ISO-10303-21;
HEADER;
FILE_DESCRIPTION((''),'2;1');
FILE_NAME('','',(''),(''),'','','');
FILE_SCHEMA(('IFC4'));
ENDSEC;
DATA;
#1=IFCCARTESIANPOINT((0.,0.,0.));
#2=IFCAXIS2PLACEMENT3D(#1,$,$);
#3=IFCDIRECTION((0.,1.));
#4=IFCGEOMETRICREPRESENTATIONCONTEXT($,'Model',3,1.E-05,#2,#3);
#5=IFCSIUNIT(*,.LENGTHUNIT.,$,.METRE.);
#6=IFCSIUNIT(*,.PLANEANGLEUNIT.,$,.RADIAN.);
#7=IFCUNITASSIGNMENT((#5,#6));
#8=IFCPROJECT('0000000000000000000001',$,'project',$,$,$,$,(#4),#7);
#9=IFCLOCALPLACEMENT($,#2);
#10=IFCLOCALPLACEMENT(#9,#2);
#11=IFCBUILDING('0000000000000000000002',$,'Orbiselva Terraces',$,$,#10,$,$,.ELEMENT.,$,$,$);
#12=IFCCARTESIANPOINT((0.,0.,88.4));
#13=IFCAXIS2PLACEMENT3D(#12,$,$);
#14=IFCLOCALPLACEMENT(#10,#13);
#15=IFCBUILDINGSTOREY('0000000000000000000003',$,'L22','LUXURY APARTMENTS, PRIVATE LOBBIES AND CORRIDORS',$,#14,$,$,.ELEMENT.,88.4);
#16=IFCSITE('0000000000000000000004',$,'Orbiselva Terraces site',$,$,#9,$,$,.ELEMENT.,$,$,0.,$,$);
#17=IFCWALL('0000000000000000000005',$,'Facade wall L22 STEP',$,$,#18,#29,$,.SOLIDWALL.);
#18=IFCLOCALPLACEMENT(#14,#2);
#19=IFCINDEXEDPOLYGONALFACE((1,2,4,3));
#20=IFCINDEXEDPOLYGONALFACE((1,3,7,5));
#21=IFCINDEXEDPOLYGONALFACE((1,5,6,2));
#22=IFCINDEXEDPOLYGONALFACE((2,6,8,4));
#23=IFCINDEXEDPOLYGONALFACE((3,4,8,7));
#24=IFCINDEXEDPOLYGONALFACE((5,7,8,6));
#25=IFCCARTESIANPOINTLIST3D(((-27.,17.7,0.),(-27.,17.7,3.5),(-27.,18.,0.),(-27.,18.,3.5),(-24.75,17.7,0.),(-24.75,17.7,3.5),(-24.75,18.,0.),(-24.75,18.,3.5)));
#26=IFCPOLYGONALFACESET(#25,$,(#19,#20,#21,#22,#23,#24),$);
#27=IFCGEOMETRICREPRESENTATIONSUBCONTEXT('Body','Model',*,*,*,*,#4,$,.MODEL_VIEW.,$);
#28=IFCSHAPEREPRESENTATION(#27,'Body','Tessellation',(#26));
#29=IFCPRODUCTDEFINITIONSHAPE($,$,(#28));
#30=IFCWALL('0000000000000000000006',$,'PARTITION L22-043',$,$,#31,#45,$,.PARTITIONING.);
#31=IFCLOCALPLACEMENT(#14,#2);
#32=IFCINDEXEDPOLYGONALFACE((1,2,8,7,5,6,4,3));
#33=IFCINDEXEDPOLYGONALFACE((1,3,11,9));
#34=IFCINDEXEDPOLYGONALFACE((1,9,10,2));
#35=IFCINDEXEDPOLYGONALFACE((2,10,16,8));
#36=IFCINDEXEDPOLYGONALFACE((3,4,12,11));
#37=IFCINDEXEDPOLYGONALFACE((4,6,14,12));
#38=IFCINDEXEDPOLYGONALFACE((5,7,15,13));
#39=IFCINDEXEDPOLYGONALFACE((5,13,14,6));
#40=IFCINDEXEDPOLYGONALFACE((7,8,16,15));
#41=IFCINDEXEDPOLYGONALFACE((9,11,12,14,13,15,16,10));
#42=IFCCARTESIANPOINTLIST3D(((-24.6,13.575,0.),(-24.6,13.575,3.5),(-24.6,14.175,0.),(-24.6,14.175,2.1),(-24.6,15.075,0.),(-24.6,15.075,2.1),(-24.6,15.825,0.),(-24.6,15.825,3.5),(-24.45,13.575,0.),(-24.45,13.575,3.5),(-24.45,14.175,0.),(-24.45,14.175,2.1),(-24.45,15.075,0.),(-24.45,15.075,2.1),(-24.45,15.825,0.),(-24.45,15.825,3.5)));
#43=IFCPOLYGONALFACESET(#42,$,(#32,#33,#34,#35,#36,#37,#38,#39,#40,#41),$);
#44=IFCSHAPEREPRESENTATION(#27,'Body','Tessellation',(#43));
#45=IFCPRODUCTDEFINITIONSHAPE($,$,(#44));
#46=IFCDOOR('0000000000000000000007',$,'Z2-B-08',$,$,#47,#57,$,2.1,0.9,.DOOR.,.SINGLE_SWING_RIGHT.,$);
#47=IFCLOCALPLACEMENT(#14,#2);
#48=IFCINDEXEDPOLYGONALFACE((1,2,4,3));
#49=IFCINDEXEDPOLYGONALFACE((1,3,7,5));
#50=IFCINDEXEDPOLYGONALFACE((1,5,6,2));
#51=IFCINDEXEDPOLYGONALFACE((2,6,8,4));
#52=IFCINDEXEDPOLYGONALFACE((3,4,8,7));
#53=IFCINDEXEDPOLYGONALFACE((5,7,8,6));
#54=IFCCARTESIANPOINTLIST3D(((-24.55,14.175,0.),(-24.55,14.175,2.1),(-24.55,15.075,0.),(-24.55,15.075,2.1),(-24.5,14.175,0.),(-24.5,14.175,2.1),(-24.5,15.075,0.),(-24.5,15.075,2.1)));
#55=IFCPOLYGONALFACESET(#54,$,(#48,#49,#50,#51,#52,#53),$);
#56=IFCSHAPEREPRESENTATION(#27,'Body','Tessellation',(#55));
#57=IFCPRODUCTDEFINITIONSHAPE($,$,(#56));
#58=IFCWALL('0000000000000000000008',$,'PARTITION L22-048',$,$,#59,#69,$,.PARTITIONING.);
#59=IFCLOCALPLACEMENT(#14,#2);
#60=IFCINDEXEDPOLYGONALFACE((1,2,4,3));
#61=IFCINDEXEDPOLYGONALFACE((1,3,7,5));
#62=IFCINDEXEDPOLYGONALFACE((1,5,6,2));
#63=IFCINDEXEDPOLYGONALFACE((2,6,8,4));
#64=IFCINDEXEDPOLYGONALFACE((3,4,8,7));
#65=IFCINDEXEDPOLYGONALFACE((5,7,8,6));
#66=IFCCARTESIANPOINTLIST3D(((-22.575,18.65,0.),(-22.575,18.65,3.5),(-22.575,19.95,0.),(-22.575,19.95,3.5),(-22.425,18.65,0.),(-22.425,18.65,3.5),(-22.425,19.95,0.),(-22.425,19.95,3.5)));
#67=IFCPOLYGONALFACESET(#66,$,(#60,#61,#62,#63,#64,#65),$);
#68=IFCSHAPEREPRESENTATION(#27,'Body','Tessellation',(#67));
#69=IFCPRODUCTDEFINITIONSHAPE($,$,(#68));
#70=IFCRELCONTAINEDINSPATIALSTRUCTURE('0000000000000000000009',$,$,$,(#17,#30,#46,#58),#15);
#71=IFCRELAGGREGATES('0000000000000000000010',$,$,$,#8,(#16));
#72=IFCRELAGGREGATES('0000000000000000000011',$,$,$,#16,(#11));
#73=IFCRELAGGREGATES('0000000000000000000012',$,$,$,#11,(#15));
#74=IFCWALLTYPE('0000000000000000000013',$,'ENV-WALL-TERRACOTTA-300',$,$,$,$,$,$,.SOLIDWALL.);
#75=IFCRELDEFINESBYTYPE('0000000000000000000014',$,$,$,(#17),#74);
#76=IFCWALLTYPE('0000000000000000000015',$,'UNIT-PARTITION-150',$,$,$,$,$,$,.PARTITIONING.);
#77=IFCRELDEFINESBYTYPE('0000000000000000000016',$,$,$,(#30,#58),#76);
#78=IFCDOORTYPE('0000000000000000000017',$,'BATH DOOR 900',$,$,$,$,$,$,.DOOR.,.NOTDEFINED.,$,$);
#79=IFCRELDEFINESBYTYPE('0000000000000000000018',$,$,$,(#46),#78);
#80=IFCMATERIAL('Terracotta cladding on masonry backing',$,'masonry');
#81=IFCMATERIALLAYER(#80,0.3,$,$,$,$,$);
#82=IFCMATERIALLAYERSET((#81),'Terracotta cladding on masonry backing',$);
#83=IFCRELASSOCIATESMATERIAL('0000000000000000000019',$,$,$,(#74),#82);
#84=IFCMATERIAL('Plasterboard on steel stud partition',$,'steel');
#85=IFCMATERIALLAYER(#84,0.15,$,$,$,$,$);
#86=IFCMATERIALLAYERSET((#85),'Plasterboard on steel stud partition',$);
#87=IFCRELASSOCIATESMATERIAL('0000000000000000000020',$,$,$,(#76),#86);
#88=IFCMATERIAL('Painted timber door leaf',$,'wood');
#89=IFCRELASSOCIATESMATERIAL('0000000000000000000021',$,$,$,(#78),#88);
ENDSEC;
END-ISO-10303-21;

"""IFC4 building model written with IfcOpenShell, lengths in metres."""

from ifc_helpers import new_model, si_unit, direction, frame, frame_2d, origin, place, context, subcontext, project, spatial, rectangle, extrude, material, layer, layer_set, type_object, element, fill, save


model = new_model("IFC4")

# Units and contexts
model_context = context("Model", 3, precision=1e-05, world=origin(), true_north=direction((0.0, 1.0)))
body_context = subcontext(model_context, "Body", "Model", "MODEL_VIEW")
ifc_project = project(units=[si_unit("LENGTHUNIT", "METRE"), si_unit("PLANEANGLEUNIT", "RADIAN")], contexts=[model_context])

# Site, building, storey
site_placement = place(None, origin())
site = spatial("IfcSite", under=ifc_project, at=site_placement, Name="Orbiselva Terraces site", CompositionType="ELEMENT", RefElevation=0.0)
building_placement = place(site_placement, origin())
building = spatial("IfcBuilding", under=site, at=building_placement, Name="Orbiselva Terraces", CompositionType="ELEMENT")
storey_placement = place(building_placement, frame((0.0, 0.0, 88.4)))
storey = spatial("IfcBuildingStorey", under=building, at=storey_placement, Name="L22", Description="LUXURY APARTMENTS, PRIVATE LOBBIES AND CORRIDORS", CompositionType="ELEMENT", Elevation=88.4)

# Shared definitions
ifc_material_1 = material(Name="Terracotta cladding on masonry backing", Category="masonry")
ifc_layer_1 = layer(ifc_material_1, 0.3)
ifc_layer_set_1 = layer_set([ifc_layer_1], Name="Terracotta cladding on masonry backing")
wall_type_1 = type_object("IfcWallType", Name="ENV-WALL-TERRACOTTA-300", PredefinedType="SOLIDWALL", material=ifc_layer_set_1)

# Wall
wall_1_placement = place(storey_placement, frame((-27.0, 17.85, 0.0), z_axis=(0.0, 0.0, 1.0), x_axis=(1.0, 0.0, 0.0)))
element("IfcWall", 1, at=wall_1_placement, inside=storey, type_object=wall_type_1, Name="Facade wall L22 STEP", PredefinedType="SOLIDWALL", context=body_context, shape_type="SweptSolid", body=[
    extrude(rectangle(XDim=2.25, YDim=0.3, at=frame_2d((1.125, 0.0))), origin(), (0.0, 0.0, 1.0), 3.5),
])

# Wall, opening, door
ifc_material_2 = material(Name="Plasterboard on steel stud partition", Category="steel")
ifc_layer_2 = layer(ifc_material_2, 0.15)
ifc_layer_set_2 = layer_set([ifc_layer_2], Name="Plasterboard on steel stud partition")
wall_type_2 = type_object("IfcWallType", Name="UNIT-PARTITION-150", PredefinedType="PARTITIONING", material=ifc_layer_set_2)
wall_2_placement = place(storey_placement, frame((-24.525, 15.825, 0.0), z_axis=(0.0, 0.0, 1.0), x_axis=(0.0, -1.0, 0.0)))
wall_2 = element("IfcWall", 2, at=wall_2_placement, inside=storey, type_object=wall_type_2, Name="PARTITION L22-043", PredefinedType="PARTITIONING", context=body_context, shape_type="SweptSolid", body=[
    extrude(rectangle(XDim=2.25, YDim=0.15, at=frame_2d((1.125, 0.0))), origin(), (0.0, 0.0, 1.0), 3.5),
])
opening_1_placement = place(wall_2_placement, frame((0.75, 0.0, 0.0)))
opening_1 = element("IfcOpeningElement", 3, at=opening_1_placement, cuts=wall_2, PredefinedType="OPENING", context=body_context, shape_type="SweptSolid", body=[
    extrude(rectangle(XDim=0.9, YDim=2.1, at=frame_2d((0.45, 1.05))), frame((0.0, 0.085, 0.0), z_axis=(0.0, -1.0, 0.0), x_axis=(1.0, 0.0, 0.0)), (0.0, 0.0, 1.0), 0.17),
])
ifc_material_3 = material(Name="Painted timber door leaf", Category="wood")
door_type_1 = type_object("IfcDoorType", Name="BATH DOOR 900", OperationType="NOTDEFINED", PredefinedType="DOOR", material=ifc_material_3)
door_1_placement = place(opening_1_placement, origin())
door_1 = element("IfcDoor", 4, at=door_1_placement, inside=storey, type_object=door_type_1, Name="Z2-B-08", OperationType="SINGLE_SWING_RIGHT", OverallHeight=2.1, OverallWidth=0.9, PredefinedType="DOOR", context=body_context, shape_type="SweptSolid", body=[
    extrude(rectangle(XDim=0.9, YDim=2.1, at=frame_2d((0.45, 1.05))), frame((0.0, 0.025, 0.0), z_axis=(0.0, -1.0, 0.0), x_axis=(1.0, 0.0, 0.0)), (0.0, 0.0, 1.0), 0.05),
])
fill(opening_1, door_1)

# Wall
wall_3_placement = place(storey_placement, frame((-22.5, 18.65, 0.0), z_axis=(0.0, 0.0, 1.0), x_axis=(0.0, 1.0, 0.0)))
element("IfcWall", 5, at=wall_3_placement, inside=storey, type_object=wall_type_2, Name="PARTITION L22-048", PredefinedType="PARTITIONING", context=body_context, shape_type="SweptSolid", body=[
    extrude(rectangle(XDim=1.3, YDim=0.15, at=frame_2d((0.65, 0.0))), origin(), (0.0, 0.0, 1.0), 3.5),
])

save(model, "model.ifc")
